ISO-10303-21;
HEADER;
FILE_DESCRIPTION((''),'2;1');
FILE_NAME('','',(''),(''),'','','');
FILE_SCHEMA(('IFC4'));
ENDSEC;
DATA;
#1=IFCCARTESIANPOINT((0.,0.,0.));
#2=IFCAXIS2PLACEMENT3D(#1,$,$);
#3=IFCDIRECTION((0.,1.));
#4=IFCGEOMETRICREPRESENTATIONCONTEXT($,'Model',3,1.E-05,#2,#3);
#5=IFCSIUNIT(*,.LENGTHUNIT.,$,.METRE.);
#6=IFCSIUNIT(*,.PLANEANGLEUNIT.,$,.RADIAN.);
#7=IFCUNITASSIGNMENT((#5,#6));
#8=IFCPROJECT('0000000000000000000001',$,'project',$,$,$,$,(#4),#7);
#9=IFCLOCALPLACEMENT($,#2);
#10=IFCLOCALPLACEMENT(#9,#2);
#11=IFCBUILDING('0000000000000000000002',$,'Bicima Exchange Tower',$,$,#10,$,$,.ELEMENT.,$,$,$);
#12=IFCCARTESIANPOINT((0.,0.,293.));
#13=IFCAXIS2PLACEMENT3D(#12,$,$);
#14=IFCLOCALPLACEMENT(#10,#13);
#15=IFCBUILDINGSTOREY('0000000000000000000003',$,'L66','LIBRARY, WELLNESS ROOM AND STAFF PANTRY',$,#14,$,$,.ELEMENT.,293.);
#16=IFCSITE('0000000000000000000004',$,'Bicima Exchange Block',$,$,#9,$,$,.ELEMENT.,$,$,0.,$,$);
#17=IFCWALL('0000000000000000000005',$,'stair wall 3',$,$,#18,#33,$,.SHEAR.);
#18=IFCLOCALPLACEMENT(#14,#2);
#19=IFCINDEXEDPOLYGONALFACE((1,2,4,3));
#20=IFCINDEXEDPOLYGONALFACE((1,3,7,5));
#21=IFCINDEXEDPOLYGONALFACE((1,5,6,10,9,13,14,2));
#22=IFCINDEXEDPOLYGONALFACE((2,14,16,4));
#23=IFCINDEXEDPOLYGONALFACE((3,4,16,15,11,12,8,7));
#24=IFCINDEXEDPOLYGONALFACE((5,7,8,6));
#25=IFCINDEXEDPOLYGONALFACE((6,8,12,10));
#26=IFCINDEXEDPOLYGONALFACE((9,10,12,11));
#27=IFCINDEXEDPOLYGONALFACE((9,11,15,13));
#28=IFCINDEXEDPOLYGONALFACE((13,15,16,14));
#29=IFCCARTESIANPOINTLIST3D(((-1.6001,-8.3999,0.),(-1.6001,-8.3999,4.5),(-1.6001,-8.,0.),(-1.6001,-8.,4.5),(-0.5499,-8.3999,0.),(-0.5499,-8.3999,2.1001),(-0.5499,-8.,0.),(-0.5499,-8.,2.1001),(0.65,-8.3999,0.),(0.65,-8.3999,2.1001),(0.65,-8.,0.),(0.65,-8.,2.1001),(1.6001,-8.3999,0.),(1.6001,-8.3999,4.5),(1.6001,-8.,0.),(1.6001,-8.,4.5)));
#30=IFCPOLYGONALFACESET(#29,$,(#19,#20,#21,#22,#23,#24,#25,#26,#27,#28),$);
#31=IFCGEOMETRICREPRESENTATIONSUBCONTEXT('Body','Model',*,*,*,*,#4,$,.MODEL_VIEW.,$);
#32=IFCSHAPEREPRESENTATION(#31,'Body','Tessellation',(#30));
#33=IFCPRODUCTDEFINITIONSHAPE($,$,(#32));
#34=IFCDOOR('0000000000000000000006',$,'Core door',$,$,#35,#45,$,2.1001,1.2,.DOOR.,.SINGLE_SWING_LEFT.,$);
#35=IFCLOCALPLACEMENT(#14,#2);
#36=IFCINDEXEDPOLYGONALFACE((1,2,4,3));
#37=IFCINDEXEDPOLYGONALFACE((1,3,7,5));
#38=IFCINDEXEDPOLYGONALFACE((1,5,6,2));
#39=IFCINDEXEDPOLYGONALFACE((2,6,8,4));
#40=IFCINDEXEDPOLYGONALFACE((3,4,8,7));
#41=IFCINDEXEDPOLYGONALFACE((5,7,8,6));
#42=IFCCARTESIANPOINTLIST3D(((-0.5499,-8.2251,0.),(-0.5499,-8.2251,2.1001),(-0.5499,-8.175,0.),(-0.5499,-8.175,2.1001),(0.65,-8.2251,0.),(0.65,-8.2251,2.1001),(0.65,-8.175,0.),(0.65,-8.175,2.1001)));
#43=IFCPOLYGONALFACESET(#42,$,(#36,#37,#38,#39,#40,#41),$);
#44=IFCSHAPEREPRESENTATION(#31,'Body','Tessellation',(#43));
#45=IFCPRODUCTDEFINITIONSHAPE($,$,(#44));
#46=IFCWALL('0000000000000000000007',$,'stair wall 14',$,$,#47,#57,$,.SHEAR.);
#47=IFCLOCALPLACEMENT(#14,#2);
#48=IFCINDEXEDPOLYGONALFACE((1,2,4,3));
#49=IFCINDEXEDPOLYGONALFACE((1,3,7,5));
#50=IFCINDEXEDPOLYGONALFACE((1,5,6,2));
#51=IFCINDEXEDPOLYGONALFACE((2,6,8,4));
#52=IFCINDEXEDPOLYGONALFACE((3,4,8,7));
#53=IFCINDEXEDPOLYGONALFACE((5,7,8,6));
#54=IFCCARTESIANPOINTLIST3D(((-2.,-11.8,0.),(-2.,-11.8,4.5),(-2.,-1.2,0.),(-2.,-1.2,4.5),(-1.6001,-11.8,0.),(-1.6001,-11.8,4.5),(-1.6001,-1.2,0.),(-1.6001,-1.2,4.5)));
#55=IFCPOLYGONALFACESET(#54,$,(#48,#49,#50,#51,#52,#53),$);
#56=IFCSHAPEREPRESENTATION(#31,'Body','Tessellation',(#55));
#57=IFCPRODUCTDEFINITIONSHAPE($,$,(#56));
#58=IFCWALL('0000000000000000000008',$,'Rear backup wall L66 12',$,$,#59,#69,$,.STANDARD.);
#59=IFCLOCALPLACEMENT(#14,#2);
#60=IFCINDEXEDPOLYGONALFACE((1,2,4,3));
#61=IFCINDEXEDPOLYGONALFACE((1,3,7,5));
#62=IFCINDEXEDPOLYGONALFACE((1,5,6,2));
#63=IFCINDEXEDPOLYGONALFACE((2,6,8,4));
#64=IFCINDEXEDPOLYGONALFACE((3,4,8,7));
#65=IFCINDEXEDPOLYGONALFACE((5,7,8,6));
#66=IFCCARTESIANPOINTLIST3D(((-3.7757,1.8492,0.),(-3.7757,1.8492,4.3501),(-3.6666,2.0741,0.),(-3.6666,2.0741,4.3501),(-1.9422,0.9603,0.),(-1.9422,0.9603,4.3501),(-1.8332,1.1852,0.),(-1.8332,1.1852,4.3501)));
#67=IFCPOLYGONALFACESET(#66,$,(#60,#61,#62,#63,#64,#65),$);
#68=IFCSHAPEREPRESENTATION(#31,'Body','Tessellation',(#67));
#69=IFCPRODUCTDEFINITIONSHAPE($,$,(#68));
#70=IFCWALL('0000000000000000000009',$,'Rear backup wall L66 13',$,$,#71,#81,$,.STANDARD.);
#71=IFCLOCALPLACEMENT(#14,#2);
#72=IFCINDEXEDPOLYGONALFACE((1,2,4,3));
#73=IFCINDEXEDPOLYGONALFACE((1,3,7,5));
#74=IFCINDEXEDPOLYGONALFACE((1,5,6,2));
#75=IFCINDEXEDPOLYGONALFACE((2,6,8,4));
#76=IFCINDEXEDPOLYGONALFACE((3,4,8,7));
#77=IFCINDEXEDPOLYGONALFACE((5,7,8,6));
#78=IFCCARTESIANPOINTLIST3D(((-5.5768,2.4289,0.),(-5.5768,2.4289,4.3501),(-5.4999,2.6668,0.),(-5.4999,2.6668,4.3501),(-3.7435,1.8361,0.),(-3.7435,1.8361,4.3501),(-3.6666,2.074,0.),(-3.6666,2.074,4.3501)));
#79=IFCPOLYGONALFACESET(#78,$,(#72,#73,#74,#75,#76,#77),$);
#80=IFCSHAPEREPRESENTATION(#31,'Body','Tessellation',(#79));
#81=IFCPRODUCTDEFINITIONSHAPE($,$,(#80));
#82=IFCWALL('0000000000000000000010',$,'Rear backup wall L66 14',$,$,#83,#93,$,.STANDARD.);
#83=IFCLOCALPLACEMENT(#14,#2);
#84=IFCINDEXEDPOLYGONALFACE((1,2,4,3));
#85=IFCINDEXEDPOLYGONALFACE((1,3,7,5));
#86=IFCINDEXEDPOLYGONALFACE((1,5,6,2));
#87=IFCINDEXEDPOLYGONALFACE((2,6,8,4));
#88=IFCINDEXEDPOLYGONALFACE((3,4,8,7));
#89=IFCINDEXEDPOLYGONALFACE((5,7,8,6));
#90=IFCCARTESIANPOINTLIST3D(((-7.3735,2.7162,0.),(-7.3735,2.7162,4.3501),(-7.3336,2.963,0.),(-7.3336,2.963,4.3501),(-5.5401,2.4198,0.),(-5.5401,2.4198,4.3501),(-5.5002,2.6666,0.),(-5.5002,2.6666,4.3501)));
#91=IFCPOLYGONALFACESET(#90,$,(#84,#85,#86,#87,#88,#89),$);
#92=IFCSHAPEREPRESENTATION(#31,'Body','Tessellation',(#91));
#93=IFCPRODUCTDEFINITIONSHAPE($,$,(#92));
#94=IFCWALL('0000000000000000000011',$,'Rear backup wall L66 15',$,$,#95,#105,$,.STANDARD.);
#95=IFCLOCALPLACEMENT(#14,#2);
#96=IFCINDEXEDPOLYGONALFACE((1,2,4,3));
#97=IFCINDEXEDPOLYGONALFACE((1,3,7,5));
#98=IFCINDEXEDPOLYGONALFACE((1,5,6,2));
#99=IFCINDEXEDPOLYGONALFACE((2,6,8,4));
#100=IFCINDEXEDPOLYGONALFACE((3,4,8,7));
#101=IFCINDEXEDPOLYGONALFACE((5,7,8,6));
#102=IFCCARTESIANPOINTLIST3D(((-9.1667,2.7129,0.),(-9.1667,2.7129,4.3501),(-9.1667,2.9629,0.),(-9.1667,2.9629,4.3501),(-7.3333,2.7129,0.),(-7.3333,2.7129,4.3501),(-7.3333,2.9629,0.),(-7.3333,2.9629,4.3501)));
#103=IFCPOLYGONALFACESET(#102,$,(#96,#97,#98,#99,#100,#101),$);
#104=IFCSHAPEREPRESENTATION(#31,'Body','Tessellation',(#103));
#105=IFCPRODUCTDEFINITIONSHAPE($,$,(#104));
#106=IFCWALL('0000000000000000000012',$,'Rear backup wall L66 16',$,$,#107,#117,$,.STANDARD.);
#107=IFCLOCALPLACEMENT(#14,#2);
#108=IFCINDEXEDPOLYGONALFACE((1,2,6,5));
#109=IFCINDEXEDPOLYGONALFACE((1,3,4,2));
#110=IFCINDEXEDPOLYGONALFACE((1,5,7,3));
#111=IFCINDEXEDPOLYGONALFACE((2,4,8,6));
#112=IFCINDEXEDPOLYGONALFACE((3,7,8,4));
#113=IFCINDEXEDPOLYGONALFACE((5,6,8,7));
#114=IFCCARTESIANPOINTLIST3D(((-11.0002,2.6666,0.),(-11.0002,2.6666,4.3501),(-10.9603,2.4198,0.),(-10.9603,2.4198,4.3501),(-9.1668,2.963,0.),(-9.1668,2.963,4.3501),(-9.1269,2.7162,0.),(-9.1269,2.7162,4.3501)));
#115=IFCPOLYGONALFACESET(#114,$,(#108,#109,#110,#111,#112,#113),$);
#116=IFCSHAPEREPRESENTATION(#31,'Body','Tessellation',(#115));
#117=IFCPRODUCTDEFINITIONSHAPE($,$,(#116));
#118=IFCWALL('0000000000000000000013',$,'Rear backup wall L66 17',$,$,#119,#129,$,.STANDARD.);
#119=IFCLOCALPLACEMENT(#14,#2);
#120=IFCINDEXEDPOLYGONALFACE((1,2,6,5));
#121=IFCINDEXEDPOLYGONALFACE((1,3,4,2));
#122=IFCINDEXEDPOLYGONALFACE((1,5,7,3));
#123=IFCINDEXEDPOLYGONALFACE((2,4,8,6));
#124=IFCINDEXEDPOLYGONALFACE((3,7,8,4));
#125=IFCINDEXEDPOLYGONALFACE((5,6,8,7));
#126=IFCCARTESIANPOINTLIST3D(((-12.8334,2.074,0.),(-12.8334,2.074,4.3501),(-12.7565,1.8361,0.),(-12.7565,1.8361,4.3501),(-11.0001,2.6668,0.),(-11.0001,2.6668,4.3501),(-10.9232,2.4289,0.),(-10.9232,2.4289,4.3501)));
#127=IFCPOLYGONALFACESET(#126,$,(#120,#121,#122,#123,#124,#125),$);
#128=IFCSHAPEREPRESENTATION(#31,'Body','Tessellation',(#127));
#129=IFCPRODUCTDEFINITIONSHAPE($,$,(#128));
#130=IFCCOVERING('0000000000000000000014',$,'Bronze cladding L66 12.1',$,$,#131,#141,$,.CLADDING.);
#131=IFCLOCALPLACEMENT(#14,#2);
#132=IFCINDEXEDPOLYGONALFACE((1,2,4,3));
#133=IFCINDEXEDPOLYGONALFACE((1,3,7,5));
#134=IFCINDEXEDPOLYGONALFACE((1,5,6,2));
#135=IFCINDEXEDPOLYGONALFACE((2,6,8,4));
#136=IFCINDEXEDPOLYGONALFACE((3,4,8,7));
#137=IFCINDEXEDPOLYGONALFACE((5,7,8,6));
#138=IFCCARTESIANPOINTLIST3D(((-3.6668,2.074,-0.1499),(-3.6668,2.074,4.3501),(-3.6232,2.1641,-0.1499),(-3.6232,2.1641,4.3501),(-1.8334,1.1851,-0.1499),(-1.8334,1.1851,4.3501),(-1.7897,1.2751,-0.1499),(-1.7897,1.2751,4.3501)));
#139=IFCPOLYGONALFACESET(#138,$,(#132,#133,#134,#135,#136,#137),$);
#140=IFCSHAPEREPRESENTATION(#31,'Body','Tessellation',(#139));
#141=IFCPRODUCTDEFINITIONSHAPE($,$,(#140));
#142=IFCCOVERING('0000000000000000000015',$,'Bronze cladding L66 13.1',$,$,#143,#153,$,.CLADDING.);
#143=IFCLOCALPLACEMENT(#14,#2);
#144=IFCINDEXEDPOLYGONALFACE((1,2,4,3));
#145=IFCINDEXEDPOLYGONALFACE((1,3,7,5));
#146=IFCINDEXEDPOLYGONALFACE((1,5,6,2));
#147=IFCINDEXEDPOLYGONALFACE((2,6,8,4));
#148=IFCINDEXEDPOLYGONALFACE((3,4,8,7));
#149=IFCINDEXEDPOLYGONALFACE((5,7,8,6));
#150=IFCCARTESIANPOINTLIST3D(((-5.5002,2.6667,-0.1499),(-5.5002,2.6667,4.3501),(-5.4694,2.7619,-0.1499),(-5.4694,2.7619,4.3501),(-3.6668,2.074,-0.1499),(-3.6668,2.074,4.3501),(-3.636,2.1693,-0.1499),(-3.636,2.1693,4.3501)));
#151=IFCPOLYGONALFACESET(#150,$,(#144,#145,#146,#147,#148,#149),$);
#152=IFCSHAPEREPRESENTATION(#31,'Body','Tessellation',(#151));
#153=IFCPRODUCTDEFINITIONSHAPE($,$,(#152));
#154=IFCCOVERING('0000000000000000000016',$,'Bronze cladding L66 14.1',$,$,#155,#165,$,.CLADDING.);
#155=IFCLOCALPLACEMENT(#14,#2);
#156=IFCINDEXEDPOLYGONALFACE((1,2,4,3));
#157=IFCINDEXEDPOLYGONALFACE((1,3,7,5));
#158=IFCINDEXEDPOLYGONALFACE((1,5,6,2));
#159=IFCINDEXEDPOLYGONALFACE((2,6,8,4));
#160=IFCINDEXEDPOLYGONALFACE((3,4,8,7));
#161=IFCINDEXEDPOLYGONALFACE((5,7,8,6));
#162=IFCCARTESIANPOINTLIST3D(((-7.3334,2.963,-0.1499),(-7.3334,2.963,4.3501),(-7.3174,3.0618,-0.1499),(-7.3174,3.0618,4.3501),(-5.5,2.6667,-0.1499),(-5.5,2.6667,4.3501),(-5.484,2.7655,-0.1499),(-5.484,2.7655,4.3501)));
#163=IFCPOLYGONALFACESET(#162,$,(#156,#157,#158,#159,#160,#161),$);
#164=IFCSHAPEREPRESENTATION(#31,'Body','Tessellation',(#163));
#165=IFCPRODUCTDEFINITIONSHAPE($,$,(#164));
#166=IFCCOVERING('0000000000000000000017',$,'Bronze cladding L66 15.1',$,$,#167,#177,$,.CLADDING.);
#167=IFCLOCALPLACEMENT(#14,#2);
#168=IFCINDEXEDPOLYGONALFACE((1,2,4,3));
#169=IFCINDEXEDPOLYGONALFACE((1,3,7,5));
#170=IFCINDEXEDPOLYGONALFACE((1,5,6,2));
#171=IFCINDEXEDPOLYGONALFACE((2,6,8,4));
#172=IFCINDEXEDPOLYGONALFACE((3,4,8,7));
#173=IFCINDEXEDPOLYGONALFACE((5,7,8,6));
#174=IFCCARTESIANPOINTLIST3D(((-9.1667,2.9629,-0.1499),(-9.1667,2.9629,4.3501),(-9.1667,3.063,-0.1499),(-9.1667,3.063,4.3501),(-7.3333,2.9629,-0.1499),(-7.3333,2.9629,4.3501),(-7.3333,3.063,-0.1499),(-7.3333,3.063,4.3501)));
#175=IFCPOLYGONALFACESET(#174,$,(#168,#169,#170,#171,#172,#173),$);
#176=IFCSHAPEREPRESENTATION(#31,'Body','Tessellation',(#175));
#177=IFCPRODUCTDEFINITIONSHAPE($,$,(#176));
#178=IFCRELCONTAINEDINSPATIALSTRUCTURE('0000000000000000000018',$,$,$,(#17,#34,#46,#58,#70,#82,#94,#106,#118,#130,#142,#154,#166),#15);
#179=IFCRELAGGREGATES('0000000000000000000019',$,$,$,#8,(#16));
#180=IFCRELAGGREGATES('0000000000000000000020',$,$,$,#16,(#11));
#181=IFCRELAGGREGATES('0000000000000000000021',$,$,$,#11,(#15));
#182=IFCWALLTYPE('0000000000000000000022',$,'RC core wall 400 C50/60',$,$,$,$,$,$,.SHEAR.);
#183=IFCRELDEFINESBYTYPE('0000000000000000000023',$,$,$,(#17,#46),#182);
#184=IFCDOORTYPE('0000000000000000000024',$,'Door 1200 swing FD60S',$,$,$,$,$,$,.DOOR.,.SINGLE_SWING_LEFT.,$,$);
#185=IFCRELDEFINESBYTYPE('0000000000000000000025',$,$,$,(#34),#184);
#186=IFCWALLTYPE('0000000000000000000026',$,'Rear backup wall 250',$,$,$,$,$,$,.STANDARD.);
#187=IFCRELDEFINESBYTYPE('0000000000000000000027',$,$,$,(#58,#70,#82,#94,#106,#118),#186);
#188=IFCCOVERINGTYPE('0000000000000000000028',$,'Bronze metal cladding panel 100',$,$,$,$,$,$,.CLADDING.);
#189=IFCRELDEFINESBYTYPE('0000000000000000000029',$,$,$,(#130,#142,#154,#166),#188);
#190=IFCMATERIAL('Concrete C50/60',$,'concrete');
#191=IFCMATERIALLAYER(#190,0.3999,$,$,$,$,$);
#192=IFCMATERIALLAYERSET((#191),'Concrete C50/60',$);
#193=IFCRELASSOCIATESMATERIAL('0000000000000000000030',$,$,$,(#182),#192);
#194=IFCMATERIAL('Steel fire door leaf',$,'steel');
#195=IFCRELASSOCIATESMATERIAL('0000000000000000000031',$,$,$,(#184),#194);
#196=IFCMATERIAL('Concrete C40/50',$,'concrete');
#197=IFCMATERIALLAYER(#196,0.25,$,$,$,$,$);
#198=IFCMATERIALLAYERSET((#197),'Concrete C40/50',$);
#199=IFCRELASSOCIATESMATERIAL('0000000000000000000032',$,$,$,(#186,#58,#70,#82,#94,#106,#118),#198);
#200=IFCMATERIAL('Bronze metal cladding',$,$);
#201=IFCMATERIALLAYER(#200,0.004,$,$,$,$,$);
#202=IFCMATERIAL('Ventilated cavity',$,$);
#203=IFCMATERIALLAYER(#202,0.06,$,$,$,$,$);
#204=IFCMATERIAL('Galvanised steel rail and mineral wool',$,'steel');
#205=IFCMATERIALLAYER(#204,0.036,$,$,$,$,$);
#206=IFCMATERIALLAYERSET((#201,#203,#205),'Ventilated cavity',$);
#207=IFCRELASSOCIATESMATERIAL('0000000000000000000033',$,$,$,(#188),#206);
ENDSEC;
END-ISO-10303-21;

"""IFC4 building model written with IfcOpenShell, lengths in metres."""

from ifc_helpers import new_model, si_unit, direction, frame, frame_2d, origin, origin_2d, place, context, subcontext, project, spatial, rectangle, extrude, material, layer, layer_set, layer_usage, type_object, element, fill, save


model = new_model("IFC4")

# Units and contexts
model_context = context("Model", 3, precision=1e-05, world=origin(), true_north=direction((0.0, 1.0)))
body_context = subcontext(model_context, "Body", "Model", "MODEL_VIEW")
ifc_project = project(units=[si_unit("LENGTHUNIT", "METRE"), si_unit("PLANEANGLEUNIT", "RADIAN")], contexts=[model_context])

# Site, building, storey
site_placement = place(None, origin())
site = spatial("IfcSite", under=ifc_project, at=site_placement, Name="Bicima Exchange Block", CompositionType="ELEMENT", RefElevation=0.0)
building_placement = place(site_placement, origin())
building = spatial("IfcBuilding", under=site, at=building_placement, Name="Bicima Exchange Tower", CompositionType="ELEMENT")
storey_placement = place(building_placement, frame((0.0, 0.0, 293.0)))
storey = spatial("IfcBuildingStorey", under=building, at=storey_placement, Name="L66", Description="LIBRARY, WELLNESS ROOM AND STAFF PANTRY", CompositionType="ELEMENT", Elevation=293.0)

# Wall, opening, door
ifc_material_1 = material(Name="Concrete C40/50", Category="concrete")
ifc_material_2 = material(Name="Steel fire door leaf", Category="steel")
ifc_material_3 = material(Name="Concrete C50/60", Category="concrete")
ifc_layer_1 = layer(ifc_material_3, 0.3999)
ifc_layer_set_1 = layer_set([ifc_layer_1], Name="Concrete C50/60")
wall_type_1 = type_object("IfcWallType", Name="RC core wall 400 C50/60", PredefinedType="SHEAR", material=ifc_layer_set_1)
wall_1_placement = place(storey_placement, frame((-1.6001, -8.2, 0.0), z_axis=(0.0, 0.0, 1.0), x_axis=(1.0, 0.0, 0.0)))
wall_1 = element("IfcWall", 1, at=wall_1_placement, inside=storey, type_object=wall_type_1, Name="stair wall 3", PredefinedType="SHEAR", context=body_context, shape_type="SweptSolid", body=[
    extrude(rectangle(XDim=3.2002, YDim=0.3999, at=frame_2d((1.6001, 0.0))), origin(), (0.0, 0.0, 1.0), 4.5),
])
opening_1_placement = place(wall_1_placement, frame((1.05, 0.0, 0.0)))
opening_1 = element("IfcOpeningElement", 2, at=opening_1_placement, cuts=wall_1, PredefinedType="OPENING", context=body_context, shape_type="SweptSolid", body=[
    extrude(rectangle(XDim=1.2, YDim=2.1001, at=frame_2d((0.6001, 1.05))), frame((0.0, 0.2119, 0.0), z_axis=(0.0, -1.0, 0.0), x_axis=(1.0, 0.0, 0.0)), (0.0, 0.0, 1.0), 0.4238),
])
door_type_1 = type_object("IfcDoorType", Name="Door 1200 swing FD60S", OperationType="SINGLE_SWING_LEFT", PredefinedType="DOOR", material=ifc_material_2)
door_1_placement = place(opening_1_placement, origin())
door_1 = element("IfcDoor", 3, at=door_1_placement, inside=storey, type_object=door_type_1, Name="Core door", OperationType="SINGLE_SWING_LEFT", OverallHeight=2.1001, OverallWidth=1.2, PredefinedType="DOOR", context=body_context, shape_type="SweptSolid", body=[
    extrude(rectangle(XDim=1.2, YDim=2.1001, at=frame_2d((0.6001, 1.05))), frame((0.0, 0.0249, 0.0), z_axis=(0.0, -1.0, 0.0), x_axis=(1.0, 0.0, 0.0)), (0.0, 0.0, 1.0), 0.05),
])
fill(opening_1, door_1)

# Walls
wall_2_placement = place(storey_placement, frame((-1.8, -11.8, 0.0), z_axis=(0.0, 0.0, 1.0), x_axis=(0.0, 1.0, 0.0)))
element("IfcWall", 4, at=wall_2_placement, inside=storey, type_object=wall_type_1, Name="stair wall 14", PredefinedType="SHEAR", context=body_context, shape_type="SweptSolid", body=[
    extrude(rectangle(XDim=10.6001, YDim=0.3999, at=frame_2d((5.3, 0.0))), origin(), (0.0, 0.0, 1.0), 4.5),
])
ifc_layer_2 = layer(ifc_material_1, 0.25)
ifc_layer_set_2 = layer_set([ifc_layer_2], Name="Concrete C40/50")
ifc_layer_usage = layer_usage(ifc_layer_set_2, "AXIS2", "POSITIVE", -0.125)
wall_type_2 = type_object("IfcWallType", Name="Rear backup wall 250", PredefinedType="STANDARD", material=ifc_layer_set_2)
wall_3_placement = place(storey_placement, frame((-1.8877, 1.0728, 0.0), z_axis=(0.0, 0.0, 1.0), x_axis=(-0.899824, 0.436253, 0.0)))
element("IfcWall", 5, at=wall_3_placement, inside=storey, type_object=wall_type_2, material=ifc_layer_usage, Name="Rear backup wall L66 12", PredefinedType="STANDARD", context=body_context, shape_type="SweptSolid", body=[
    extrude(rectangle(XDim=2.0376, YDim=0.25, at=frame_2d((1.0188, 0.0))), origin(), (0.0, 0.0, 1.0), 4.3501),
])
wall_4_placement = place(storey_placement, frame((-3.7051, 1.9551, 0.0), z_axis=(0.0, 0.0, 1.0), x_axis=(-0.951496, 0.307662, 0.0)))
element("IfcWall", 6, at=wall_4_placement, inside=storey, type_object=wall_type_2, material=ifc_layer_usage, Name="Rear backup wall L66 13", PredefinedType="STANDARD", context=body_context, shape_type="SweptSolid", body=[
    extrude(rectangle(XDim=1.9268, YDim=0.25, at=frame_2d((0.9634, 0.0))), origin(), (0.0, 0.0, 1.0), 4.3501),
])
wall_5_placement = place(storey_placement, frame((-5.52, 2.5432, 0.0), z_axis=(0.0, 0.0, 1.0), x_axis=(-0.987182, 0.1596, 0.0)))
element("IfcWall", 7, at=wall_5_placement, inside=storey, type_object=wall_type_2, material=ifc_layer_usage, Name="Rear backup wall L66 14", PredefinedType="STANDARD", context=body_context, shape_type="SweptSolid", body=[
    extrude(rectangle(XDim=1.8572, YDim=0.25, at=frame_2d((0.9287, 0.0))), origin(), (0.0, 0.0, 1.0), 4.3501),
])
wall_6_placement = place(storey_placement, frame((-7.3333, 2.8379, 0.0), z_axis=(0.0, 0.0, 1.0), x_axis=(-1.0, 0.0, 0.0)))
element("IfcWall", 8, at=wall_6_placement, inside=storey, type_object=wall_type_2, material=ifc_layer_usage, Name="Rear backup wall L66 15", PredefinedType="STANDARD", context=body_context, shape_type="SweptSolid", body=[
    extrude(rectangle(XDim=1.8335, YDim=0.25, at=frame_2d((0.9167, 0.0))), origin(), (0.0, 0.0, 1.0), 4.3501),
])
wall_7_placement = place(storey_placement, frame((-9.1467, 2.8396, 0.0), z_axis=(0.0, 0.0, 1.0), x_axis=(-0.987182, -0.1596, 0.0)))
element("IfcWall", 9, at=wall_7_placement, inside=storey, type_object=wall_type_2, material=ifc_layer_usage, Name="Rear backup wall L66 16", PredefinedType="STANDARD", context=body_context, shape_type="SweptSolid", body=[
    extrude(rectangle(XDim=1.8572, YDim=0.25, at=frame_2d((0.9287, 0.0))), origin(), (0.0, 0.0, 1.0), 4.3501),
])
wall_8_placement = place(storey_placement, frame((-10.9617, 2.5479, 0.0), z_axis=(0.0, 0.0, 1.0), x_axis=(-0.951496, -0.307662, 0.0)))
element("IfcWall", 10, at=wall_8_placement, inside=storey, type_object=wall_type_2, material=ifc_layer_usage, Name="Rear backup wall L66 17", PredefinedType="STANDARD", context=body_context, shape_type="SweptSolid", body=[
    extrude(rectangle(XDim=1.9268, YDim=0.25, at=frame_2d((0.9634, 0.0))), origin(), (0.0, 0.0, 1.0), 4.3501),
])

# Coverings
ifc_material_4 = material(Name="Bronze metal cladding")
ifc_layer_3 = layer(ifc_material_4, 0.004)
ifc_material_5 = material(Name="Ventilated cavity")
ifc_layer_4 = layer(ifc_material_5, 0.06)
ifc_material_6 = material(Name="Galvanised steel rail and mineral wool", Category="steel")
ifc_layer_5 = layer(ifc_material_6, 0.036)
ifc_layer_set_3 = layer_set([ifc_layer_3, ifc_layer_4, ifc_layer_5], Name="Ventilated cavity")
covering_type = type_object("IfcCoveringType", Name="Bronze metal cladding panel 100", PredefinedType="CLADDING", material=ifc_layer_set_3)
covering_1_placement = place(storey_placement, frame((-2.7283, 1.6746, -0.1499), z_axis=(0.0, 0.0, 1.0), x_axis=(-0.899818, 0.436265, 0.0)))
element("IfcCovering", 11, at=covering_1_placement, inside=storey, type_object=covering_type, Name="Bronze cladding L66 12.1", PredefinedType="CLADDING", context=body_context, shape_type="SweptSolid", body=[
    extrude(rectangle(XDim=2.0376, YDim=0.1001, at=origin_2d()), origin(), (0.0, 0.0, 1.0), 4.5),
])
covering_2_placement = place(storey_placement, frame((-4.5681, 2.418, -0.1499), z_axis=(0.0, 0.0, 1.0), x_axis=(-0.951525, 0.307573, 0.0)))
element("IfcCovering", 12, at=covering_2_placement, inside=storey, type_object=covering_type, Name="Bronze cladding L66 13.1", PredefinedType="CLADDING", context=body_context, shape_type="SweptSolid", body=[
    extrude(rectangle(XDim=1.9268, YDim=0.1001, at=origin_2d()), origin(), (0.0, 0.0, 1.0), 4.5),
])
covering_3_placement = place(storey_placement, frame((-6.4087, 2.8643, -0.1499), z_axis=(0.0, 0.0, 1.0), x_axis=(-0.98719, 0.15955, 0.0)))
element("IfcCovering", 13, at=covering_3_placement, inside=storey, type_object=covering_type, Name="Bronze cladding L66 14.1", PredefinedType="CLADDING", context=body_context, shape_type="SweptSolid", body=[
    extrude(rectangle(XDim=1.8572, YDim=0.1001, at=origin_2d()), origin(), (0.0, 0.0, 1.0), 4.5),
])
covering_4_placement = place(storey_placement, frame((-8.25, 3.0129, -0.1499), z_axis=(0.0, 0.0, 1.0), x_axis=(-1.0, 0.0, 0.0)))
element("IfcCovering", 14, at=covering_4_placement, inside=storey, type_object=covering_type, Name="Bronze cladding L66 15.1", PredefinedType="CLADDING", context=body_context, shape_type="SweptSolid", body=[
    extrude(rectangle(XDim=1.8335, YDim=0.1001, at=origin_2d()), origin(), (0.0, 0.0, 1.0), 4.5),
])

save(model, "model.ifc")
